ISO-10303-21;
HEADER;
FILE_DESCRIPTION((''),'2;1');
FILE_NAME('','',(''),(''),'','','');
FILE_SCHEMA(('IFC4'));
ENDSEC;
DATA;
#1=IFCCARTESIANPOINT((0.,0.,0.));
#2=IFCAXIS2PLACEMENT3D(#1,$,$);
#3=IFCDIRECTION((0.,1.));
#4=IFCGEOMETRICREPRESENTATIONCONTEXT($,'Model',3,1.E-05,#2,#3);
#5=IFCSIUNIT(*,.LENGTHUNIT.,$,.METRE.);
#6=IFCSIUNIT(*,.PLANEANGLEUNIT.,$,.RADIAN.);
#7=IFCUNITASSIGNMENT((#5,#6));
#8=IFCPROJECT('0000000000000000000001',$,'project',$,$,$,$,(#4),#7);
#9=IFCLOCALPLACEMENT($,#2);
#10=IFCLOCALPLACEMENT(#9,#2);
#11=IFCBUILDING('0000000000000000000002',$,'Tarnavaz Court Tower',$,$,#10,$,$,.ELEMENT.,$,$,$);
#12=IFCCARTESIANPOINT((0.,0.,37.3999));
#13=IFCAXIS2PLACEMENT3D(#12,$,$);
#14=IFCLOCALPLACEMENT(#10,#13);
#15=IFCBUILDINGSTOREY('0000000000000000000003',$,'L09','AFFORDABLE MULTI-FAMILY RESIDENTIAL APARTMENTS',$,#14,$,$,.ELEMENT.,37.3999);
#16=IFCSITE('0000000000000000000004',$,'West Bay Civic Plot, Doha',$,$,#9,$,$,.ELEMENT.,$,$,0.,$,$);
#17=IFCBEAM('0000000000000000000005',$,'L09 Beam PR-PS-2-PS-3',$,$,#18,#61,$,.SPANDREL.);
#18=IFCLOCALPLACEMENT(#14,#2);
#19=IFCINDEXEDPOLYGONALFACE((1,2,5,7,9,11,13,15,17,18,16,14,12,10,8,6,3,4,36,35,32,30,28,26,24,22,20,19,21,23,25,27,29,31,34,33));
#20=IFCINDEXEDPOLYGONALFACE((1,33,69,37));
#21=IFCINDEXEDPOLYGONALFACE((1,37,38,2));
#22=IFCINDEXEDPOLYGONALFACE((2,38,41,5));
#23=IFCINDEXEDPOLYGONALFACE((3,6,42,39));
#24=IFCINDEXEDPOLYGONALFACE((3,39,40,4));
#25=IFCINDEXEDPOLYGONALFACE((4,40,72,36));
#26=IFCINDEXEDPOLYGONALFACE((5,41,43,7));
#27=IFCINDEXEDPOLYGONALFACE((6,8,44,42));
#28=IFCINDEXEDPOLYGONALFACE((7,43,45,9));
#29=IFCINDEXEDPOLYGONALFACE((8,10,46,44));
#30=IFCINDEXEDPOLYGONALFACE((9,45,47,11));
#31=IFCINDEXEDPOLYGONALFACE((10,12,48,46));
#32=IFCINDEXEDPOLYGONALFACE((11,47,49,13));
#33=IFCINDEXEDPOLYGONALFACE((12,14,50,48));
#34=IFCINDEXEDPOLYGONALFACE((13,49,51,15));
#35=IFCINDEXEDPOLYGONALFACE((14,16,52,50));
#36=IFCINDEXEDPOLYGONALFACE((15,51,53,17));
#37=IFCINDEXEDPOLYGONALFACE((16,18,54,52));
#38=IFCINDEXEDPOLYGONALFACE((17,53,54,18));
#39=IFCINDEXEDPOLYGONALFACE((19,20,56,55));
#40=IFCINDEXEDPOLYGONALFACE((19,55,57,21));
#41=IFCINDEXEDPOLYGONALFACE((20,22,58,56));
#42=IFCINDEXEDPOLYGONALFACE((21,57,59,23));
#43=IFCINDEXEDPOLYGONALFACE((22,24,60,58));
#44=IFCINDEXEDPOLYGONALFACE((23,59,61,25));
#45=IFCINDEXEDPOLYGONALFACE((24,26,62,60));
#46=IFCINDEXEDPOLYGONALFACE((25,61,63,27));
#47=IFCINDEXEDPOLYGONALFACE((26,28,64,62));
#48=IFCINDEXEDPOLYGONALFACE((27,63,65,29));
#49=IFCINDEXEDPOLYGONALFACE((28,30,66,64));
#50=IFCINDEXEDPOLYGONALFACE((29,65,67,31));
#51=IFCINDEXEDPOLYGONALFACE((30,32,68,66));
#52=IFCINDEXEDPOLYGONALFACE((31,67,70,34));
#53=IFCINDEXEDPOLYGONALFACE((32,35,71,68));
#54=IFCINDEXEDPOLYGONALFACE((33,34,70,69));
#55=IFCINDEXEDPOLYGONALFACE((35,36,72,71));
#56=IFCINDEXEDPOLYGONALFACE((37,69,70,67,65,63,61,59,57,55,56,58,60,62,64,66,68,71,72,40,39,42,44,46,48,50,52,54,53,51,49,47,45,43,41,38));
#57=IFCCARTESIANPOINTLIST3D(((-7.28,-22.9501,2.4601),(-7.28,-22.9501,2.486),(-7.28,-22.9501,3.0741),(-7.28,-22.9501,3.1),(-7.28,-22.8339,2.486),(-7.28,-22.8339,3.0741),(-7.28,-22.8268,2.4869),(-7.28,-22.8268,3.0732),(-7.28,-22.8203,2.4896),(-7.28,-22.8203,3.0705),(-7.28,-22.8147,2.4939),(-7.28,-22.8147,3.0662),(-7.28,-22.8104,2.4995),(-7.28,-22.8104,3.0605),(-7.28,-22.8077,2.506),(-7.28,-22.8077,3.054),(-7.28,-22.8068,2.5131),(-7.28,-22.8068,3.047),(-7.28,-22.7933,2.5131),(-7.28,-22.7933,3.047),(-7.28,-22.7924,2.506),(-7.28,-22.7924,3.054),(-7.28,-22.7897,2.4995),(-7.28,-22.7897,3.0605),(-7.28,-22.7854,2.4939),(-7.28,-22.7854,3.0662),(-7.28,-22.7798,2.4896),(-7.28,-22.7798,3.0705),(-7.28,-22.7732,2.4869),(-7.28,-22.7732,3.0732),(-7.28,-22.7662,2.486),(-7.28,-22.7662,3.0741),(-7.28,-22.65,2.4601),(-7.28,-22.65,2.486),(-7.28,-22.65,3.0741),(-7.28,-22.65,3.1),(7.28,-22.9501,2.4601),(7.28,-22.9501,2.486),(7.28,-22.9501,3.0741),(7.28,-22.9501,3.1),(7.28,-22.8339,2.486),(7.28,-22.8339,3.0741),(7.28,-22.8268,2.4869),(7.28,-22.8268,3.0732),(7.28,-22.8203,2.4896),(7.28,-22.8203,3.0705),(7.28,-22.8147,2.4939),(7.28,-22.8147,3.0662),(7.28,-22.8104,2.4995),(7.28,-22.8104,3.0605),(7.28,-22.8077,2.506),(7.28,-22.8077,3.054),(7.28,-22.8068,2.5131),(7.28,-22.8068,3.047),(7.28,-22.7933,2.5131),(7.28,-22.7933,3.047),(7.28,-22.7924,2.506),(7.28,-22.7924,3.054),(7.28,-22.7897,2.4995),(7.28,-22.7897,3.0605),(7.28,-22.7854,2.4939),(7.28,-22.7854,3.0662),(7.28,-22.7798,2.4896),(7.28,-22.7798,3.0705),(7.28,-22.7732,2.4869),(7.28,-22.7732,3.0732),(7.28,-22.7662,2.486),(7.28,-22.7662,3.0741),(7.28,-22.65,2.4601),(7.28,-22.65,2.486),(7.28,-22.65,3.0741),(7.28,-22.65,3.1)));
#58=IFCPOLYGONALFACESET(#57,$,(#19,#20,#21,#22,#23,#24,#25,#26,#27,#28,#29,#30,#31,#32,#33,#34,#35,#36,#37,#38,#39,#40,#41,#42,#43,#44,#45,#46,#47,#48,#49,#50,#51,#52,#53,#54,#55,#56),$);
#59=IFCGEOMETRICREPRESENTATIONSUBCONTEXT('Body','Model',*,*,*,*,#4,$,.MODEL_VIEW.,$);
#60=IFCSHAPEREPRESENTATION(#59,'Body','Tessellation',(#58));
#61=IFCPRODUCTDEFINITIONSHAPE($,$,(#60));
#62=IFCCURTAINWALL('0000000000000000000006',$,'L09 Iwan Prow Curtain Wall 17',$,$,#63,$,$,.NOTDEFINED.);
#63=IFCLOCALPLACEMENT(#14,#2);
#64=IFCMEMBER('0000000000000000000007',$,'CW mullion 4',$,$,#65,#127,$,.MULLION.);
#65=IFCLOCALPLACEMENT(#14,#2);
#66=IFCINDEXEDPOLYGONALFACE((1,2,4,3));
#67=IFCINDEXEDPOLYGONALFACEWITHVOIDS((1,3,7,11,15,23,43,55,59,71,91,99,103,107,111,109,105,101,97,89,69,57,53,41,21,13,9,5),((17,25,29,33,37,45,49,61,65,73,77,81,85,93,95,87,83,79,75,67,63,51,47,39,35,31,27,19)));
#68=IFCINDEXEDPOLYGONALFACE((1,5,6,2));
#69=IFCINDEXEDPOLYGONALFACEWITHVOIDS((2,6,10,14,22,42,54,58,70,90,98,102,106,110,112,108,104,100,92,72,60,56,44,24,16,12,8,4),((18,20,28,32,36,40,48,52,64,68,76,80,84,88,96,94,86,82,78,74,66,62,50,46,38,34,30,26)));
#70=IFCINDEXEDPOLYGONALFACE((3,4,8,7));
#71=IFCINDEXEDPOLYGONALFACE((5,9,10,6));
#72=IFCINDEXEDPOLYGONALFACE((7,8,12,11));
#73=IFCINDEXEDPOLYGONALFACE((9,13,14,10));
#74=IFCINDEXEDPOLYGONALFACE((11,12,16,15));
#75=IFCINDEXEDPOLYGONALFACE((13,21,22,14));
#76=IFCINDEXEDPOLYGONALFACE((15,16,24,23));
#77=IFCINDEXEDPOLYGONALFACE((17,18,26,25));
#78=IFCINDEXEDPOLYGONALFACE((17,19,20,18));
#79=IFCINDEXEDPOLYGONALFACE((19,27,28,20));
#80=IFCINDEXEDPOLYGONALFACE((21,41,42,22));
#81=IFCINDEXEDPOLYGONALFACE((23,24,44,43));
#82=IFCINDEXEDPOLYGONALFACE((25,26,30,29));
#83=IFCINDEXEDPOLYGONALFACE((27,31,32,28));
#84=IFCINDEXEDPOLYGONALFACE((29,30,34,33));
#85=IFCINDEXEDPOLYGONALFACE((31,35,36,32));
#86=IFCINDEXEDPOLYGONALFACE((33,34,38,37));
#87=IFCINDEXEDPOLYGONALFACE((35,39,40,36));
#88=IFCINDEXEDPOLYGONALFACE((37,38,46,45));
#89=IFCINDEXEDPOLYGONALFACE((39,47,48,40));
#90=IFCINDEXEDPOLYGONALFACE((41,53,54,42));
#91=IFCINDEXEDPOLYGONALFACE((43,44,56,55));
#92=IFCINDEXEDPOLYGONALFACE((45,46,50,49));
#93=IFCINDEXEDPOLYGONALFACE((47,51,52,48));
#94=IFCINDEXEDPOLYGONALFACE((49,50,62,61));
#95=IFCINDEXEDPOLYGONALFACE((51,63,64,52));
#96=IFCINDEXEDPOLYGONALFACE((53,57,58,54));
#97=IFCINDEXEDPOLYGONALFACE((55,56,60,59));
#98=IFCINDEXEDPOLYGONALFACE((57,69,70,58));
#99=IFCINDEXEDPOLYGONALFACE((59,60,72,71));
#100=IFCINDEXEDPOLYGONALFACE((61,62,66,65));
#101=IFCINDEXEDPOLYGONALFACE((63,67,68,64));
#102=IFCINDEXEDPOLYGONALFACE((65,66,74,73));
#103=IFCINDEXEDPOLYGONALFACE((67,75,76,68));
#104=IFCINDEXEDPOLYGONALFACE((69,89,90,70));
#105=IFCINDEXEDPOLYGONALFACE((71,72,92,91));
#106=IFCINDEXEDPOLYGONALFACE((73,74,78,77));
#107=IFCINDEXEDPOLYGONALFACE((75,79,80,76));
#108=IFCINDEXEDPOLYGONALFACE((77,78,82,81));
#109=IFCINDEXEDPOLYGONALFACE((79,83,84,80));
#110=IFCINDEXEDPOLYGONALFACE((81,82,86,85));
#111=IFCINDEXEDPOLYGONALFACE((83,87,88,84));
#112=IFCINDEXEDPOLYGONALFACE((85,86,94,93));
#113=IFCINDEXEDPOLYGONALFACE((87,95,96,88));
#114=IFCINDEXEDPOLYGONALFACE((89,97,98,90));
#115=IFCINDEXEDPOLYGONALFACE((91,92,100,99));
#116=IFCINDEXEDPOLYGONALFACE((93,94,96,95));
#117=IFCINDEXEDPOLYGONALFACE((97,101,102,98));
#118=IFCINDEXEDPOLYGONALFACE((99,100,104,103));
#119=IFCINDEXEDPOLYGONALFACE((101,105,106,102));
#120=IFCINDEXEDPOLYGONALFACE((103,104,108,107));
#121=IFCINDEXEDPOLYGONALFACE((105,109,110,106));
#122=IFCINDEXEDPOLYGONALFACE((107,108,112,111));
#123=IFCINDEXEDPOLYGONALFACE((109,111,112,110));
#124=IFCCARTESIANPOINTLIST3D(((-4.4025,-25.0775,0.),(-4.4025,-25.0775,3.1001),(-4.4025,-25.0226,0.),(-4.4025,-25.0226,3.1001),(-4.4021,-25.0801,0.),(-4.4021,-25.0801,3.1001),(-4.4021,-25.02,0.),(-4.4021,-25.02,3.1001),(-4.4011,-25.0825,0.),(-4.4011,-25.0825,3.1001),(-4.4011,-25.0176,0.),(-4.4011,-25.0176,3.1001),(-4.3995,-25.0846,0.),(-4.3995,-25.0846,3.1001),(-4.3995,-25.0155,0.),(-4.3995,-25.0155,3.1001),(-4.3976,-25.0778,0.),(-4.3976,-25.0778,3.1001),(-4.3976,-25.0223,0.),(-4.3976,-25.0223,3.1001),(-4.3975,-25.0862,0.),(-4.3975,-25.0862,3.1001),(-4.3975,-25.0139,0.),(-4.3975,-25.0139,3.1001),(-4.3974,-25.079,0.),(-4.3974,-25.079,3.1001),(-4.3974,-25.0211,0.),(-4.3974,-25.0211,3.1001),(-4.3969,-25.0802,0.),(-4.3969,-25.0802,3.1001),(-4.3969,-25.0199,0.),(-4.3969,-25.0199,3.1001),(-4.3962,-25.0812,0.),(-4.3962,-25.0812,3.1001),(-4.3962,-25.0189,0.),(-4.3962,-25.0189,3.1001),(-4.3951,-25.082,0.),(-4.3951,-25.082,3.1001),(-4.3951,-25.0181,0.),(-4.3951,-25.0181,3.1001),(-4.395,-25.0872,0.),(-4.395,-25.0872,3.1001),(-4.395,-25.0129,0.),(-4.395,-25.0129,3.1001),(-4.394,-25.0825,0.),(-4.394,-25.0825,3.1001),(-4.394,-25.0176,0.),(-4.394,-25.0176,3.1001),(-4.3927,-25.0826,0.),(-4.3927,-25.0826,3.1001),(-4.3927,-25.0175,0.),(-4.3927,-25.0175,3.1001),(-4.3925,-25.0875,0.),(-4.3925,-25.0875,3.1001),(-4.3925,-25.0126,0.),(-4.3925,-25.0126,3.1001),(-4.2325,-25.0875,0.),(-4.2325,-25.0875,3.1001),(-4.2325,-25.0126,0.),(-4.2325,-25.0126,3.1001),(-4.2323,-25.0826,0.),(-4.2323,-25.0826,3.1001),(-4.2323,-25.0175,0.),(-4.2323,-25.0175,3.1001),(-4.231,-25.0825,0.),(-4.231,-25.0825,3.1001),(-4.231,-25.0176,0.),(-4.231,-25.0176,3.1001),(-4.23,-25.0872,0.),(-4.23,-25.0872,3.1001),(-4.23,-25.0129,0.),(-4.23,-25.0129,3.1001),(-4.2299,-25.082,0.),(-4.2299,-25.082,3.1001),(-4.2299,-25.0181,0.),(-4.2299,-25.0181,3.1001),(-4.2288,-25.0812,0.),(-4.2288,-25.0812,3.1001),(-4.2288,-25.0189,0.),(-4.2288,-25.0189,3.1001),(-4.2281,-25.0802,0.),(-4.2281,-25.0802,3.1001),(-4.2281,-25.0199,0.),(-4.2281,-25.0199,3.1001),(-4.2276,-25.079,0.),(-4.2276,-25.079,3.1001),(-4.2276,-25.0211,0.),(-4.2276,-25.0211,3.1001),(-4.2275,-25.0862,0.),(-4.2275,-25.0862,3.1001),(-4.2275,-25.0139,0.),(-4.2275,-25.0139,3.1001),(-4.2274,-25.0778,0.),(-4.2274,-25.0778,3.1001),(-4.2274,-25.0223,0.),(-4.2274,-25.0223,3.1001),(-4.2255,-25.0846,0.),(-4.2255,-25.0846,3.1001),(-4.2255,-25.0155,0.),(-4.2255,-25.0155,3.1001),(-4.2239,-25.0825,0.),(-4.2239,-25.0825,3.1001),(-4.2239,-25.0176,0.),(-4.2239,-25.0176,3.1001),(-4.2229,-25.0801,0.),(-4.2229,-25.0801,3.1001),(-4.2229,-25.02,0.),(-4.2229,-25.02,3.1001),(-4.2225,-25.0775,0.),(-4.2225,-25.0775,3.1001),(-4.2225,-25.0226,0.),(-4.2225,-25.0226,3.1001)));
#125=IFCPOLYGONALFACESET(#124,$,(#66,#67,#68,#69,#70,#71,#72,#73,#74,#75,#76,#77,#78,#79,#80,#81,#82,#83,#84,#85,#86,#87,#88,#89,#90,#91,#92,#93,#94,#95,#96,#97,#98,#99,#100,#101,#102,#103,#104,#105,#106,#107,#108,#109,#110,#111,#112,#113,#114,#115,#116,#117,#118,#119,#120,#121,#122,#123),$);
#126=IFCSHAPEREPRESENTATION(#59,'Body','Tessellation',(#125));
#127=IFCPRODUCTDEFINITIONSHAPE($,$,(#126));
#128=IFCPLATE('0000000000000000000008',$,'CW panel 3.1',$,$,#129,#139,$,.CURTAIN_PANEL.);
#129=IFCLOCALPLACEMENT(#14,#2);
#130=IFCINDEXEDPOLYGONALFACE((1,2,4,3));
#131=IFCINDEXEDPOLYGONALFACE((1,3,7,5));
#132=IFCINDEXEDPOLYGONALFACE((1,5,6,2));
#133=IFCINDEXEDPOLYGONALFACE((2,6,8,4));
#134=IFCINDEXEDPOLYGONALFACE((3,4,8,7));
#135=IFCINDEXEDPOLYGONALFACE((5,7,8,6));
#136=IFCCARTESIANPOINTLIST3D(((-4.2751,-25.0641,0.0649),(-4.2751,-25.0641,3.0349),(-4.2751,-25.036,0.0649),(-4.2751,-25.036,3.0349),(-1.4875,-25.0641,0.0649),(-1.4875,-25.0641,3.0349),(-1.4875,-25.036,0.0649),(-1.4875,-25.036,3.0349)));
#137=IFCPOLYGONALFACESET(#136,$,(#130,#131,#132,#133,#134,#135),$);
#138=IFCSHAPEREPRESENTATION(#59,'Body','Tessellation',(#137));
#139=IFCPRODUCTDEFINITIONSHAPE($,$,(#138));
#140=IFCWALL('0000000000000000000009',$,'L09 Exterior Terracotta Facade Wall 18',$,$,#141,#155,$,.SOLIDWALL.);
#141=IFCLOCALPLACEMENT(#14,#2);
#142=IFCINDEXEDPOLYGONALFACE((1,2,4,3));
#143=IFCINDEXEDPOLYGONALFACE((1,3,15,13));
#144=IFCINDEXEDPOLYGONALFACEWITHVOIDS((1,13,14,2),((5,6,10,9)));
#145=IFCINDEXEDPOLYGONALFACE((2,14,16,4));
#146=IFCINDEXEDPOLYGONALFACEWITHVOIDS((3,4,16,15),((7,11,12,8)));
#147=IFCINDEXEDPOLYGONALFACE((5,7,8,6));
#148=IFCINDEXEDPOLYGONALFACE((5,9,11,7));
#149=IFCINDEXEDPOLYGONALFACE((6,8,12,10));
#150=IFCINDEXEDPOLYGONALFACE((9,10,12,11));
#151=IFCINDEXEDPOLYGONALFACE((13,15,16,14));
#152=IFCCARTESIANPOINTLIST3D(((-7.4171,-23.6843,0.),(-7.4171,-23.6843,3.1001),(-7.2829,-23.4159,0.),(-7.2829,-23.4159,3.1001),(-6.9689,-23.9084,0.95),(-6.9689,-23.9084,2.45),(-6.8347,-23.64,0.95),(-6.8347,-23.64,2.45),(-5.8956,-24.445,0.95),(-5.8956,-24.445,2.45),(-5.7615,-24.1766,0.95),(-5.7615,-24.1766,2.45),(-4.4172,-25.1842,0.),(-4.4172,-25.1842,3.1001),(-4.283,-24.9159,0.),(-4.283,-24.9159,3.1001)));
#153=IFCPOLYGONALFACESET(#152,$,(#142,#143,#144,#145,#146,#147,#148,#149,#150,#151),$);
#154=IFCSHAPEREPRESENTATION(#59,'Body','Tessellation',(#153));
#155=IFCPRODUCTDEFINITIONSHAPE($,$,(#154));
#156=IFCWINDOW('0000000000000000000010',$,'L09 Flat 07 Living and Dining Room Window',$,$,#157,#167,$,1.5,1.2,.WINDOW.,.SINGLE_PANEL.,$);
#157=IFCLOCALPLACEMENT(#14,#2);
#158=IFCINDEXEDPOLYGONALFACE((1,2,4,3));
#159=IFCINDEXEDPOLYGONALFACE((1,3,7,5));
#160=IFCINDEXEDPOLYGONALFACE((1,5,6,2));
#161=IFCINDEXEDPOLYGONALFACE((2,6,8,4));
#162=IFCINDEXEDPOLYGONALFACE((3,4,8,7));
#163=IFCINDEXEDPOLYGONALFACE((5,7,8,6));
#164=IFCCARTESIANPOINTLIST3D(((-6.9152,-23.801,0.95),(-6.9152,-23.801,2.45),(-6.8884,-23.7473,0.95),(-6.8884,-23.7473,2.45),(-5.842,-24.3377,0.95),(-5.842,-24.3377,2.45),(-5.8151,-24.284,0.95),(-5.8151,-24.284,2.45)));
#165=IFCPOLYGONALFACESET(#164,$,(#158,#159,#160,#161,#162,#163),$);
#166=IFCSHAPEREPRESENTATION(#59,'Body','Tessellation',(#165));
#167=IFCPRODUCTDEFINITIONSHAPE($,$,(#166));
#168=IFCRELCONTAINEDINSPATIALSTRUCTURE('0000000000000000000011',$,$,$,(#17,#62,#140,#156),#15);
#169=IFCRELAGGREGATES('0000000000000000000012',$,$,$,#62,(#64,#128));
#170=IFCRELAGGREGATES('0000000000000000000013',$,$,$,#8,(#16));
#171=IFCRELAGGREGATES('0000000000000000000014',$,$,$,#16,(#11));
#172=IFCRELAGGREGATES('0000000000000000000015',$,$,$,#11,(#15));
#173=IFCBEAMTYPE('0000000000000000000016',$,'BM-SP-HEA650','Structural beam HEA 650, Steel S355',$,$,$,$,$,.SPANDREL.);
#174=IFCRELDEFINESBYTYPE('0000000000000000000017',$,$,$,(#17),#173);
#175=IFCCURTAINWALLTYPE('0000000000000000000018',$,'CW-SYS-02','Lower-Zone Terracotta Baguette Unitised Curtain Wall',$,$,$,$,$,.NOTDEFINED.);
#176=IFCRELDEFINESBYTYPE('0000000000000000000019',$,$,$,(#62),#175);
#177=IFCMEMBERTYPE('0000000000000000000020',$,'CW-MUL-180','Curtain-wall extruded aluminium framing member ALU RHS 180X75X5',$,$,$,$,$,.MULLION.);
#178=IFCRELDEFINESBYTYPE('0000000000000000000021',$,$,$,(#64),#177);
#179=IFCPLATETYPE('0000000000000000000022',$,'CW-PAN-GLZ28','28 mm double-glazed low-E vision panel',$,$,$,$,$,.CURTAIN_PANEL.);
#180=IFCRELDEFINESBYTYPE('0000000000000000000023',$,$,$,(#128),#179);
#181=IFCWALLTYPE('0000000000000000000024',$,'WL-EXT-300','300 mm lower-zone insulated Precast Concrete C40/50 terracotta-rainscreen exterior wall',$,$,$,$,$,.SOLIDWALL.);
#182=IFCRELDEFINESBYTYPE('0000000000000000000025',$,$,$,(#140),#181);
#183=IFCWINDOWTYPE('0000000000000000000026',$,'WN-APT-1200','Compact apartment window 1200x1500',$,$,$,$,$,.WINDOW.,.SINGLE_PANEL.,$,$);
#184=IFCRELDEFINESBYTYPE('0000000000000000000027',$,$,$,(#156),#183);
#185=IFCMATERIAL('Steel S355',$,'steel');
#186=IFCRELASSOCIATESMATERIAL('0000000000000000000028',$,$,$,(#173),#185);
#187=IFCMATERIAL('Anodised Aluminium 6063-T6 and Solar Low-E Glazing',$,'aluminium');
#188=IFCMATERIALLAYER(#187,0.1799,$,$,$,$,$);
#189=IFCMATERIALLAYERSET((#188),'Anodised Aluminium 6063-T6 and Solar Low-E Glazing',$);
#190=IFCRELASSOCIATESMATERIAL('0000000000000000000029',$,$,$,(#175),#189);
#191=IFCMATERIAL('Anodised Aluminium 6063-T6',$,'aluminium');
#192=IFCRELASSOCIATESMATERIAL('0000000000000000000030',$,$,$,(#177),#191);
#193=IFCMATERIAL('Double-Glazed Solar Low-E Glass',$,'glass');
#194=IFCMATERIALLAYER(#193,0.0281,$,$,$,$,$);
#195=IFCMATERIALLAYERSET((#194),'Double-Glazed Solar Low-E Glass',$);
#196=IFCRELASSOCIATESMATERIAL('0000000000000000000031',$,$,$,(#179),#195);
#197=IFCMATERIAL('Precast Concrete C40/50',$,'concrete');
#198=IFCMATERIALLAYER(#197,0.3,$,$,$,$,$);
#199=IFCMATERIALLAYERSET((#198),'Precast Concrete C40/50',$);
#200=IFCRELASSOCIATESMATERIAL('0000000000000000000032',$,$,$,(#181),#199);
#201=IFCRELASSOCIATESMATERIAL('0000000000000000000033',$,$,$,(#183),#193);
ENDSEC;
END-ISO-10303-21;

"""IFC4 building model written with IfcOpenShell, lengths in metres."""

from ifc_helpers import new_model, si_unit, direction, frame, frame_2d, origin, origin_2d, place, context, subcontext, project, spatial, rectangle, hollow_rectangle, i_section, extrude, material, layer, layer_set, material_profile, profile_set, type_object, element, fill, aggregate, save


model = new_model("IFC4")

# Units and contexts
model_context = context("Model", 3, precision=1e-05, world=origin(), true_north=direction((0.0, 1.0)))
body_context = subcontext(model_context, "Body", "Model", "MODEL_VIEW")
ifc_project = project(units=[si_unit("LENGTHUNIT", "METRE"), si_unit("PLANEANGLEUNIT", "RADIAN")], contexts=[model_context])

# Site, building, storey
site_placement = place(None, origin())
site = spatial("IfcSite", under=ifc_project, at=site_placement, Name="West Bay Civic Plot, Doha", CompositionType="ELEMENT", RefElevation=0.0)
building_placement = place(site_placement, origin())
building = spatial("IfcBuilding", under=site, at=building_placement, Name="Tarnavaz Court Tower", CompositionType="ELEMENT")
storey_placement = place(building_placement, frame((0.0, 0.0, 37.3999)))
storey = spatial("IfcBuildingStorey", under=building, at=storey_placement, Name="L09", Description="AFFORDABLE MULTI-FAMILY RESIDENTIAL APARTMENTS", CompositionType="ELEMENT", Elevation=37.3999)

# Beam
ifc_material_1 = material(Name="Steel S355", Category="steel")
ifc_material_profile_1 = material_profile(ifc_material_1, i_section(OverallWidth=0.3, OverallDepth=0.6399, WebThickness=0.0134, FlangeThickness=0.0259, FilletRadius=0.0271, at=origin_2d()), Name="HEA 650")
ifc_profile_set_1 = profile_set([ifc_material_profile_1], Name="Steel S355")
beam_type_1 = type_object("IfcBeamType", Name="BM-SP-HEA650", Description="Structural beam HEA 650, Steel S355", PredefinedType="SPANDREL", material=ifc_profile_set_1)
beam_placement = place(storey_placement, frame((-7.28, -22.8, 2.78), z_axis=(1.0, 0.0, 0.0), x_axis=(0.0, 1.0, 0.0)))
element("IfcBeam", 1, at=beam_placement, inside=storey, type_object=beam_type_1, Name="L09 Beam PR-PS-2-PS-3", PredefinedType="SPANDREL", context=body_context, shape_type="SweptSolid", body=[
    extrude(i_section(OverallWidth=0.3, OverallDepth=0.6399, WebThickness=0.0134, FlangeThickness=0.0259, FilletRadius=0.0271, at=origin_2d()), origin(), (0.0, 0.0, 1.0), 14.5601),
])

# Curtain wall, member, plate
ifc_material_2 = material(Name="Anodised Aluminium 6063-T6 and Solar Low-E Glazing", Category="aluminium")
ifc_layer_1 = layer(ifc_material_2, 0.1799)
ifc_layer_set_1 = layer_set([ifc_layer_1], Name="Anodised Aluminium 6063-T6 and Solar Low-E Glazing")
curtain_wall_type = type_object("IfcCurtainWallType", Name="CW-SYS-02", Description="Lower-Zone Terracotta Baguette Unitised Curtain Wall", PredefinedType="NOTDEFINED", material=ifc_layer_set_1)
curtain_wall_placement = place(storey_placement, origin())
curtain_wall = element("IfcCurtainWall", 2, at=curtain_wall_placement, inside=storey, type_object=curtain_wall_type, Name="L09 Iwan Prow Curtain Wall 17", PredefinedType="NOTDEFINED")
ifc_material_3 = material(Name="Anodised Aluminium 6063-T6", Category="aluminium")
ifc_material_profile_2 = material_profile(ifc_material_3, hollow_rectangle(XDim=0.075, YDim=0.1799, WallThickness=0.0049, InnerFilletRadius=0.0049, OuterFilletRadius=0.01, at=origin_2d()), Name="ALU RHS 180X75X5")
ifc_profile_set_2 = profile_set([ifc_material_profile_2], Name="Anodised Aluminium 6063-T6")
member_type = type_object("IfcMemberType", Name="CW-MUL-180", Description="Curtain-wall extruded aluminium framing member ALU RHS 180X75X5", PredefinedType="MULLION", material=ifc_profile_set_2)
member_placement = place(storey_placement, frame((-4.3125, -25.05, 0.0), z_axis=(0.0, 0.0, 1.0), x_axis=(0.0, -1.0, 0.0)))
member = element("IfcMember", 3, at=member_placement, type_object=member_type, Name="CW mullion 4", PredefinedType="MULLION", context=body_context, shape_type="SweptSolid", body=[
    extrude(hollow_rectangle(XDim=0.075, YDim=0.1799, WallThickness=0.0049, InnerFilletRadius=0.0049, OuterFilletRadius=0.01, at=origin_2d()), origin(), (0.0, 0.0, 1.0), 3.1001),
])
ifc_material_4 = material(Name="Double-Glazed Solar Low-E Glass", Category="glass")
ifc_layer_2 = layer(ifc_material_4, 0.0281)
ifc_layer_set_2 = layer_set([ifc_layer_2], Name="Double-Glazed Solar Low-E Glass")
plate_type = type_object("IfcPlateType", Name="CW-PAN-GLZ28", Description="28 mm double-glazed low-E vision panel", PredefinedType="CURTAIN_PANEL", material=ifc_layer_set_2)
plate_placement = place(storey_placement, frame((-2.8813, -25.05, 0.0649), z_axis=(0.0, 0.0, 1.0), x_axis=(-1.0, 0.0, 0.0)))
plate = element("IfcPlate", 4, at=plate_placement, type_object=plate_type, Name="CW panel 3.1", PredefinedType="CURTAIN_PANEL", context=body_context, shape_type="SweptSolid", body=[
    extrude(rectangle(XDim=2.7876, YDim=0.0281, at=origin_2d()), origin(), (0.0, 0.0, 1.0), 2.97),
])
aggregate(curtain_wall, [member, plate])

# Wall, opening, window
ifc_material_5 = material(Name="Precast Concrete C40/50", Category="concrete")
ifc_layer_3 = layer(ifc_material_5, 0.3)
ifc_layer_set_3 = layer_set([ifc_layer_3], Name="Precast Concrete C40/50")
wall_type_1 = type_object("IfcWallType", Name="WL-EXT-300", Description="300 mm lower-zone insulated Precast Concrete C40/50 terracotta-rainscreen exterior wall", PredefinedType="SOLIDWALL", material=ifc_layer_set_3)
wall_1_placement = place(storey_placement, frame((-4.3501, -25.05, 0.0), z_axis=(0.0, 0.0, 1.0), x_axis=(-0.894427, 0.447214, 0.0)))
wall_1 = element("IfcWall", 5, at=wall_1_placement, inside=storey, type_object=wall_type_1, Name="L09 Exterior Terracotta Facade Wall 18", PredefinedType="SOLIDWALL", context=body_context, shape_type="SweptSolid", body=[
    extrude(rectangle(XDim=3.354, YDim=0.3, at=frame_2d((1.677, 0.0))), origin(), (0.0, 0.0, 1.0), 3.1001),
])
opening_1_placement = place(wall_1_placement, frame((1.6528, 0.0, 0.95)))
opening_1 = element("IfcOpeningElement", 6, at=opening_1_placement, cuts=wall_1, PredefinedType="OPENING", context=body_context, shape_type="SweptSolid", body=[
    extrude(rectangle(XDim=1.2, YDim=1.5, at=frame_2d((0.6001, 0.75))), frame((0.0, 0.1599, 0.0), z_axis=(0.0, -1.0, 0.0), x_axis=(1.0, 0.0, 0.0)), (0.0, 0.0, 1.0), 0.3201),
])
window_type = type_object("IfcWindowType", Name="WN-APT-1200", Description="Compact apartment window 1200x1500", PartitioningType="SINGLE_PANEL", PredefinedType="WINDOW", material=ifc_material_4)
window_placement = place(opening_1_placement, origin())
window = element("IfcWindow", 7, at=window_placement, inside=storey, type_object=window_type, Name="L09 Flat 07 Living and Dining Room Window", OverallHeight=1.5, OverallWidth=1.2, PartitioningType="SINGLE_PANEL", PredefinedType="WINDOW", context=body_context, shape_type="SweptSolid", body=[
    extrude(rectangle(XDim=1.2, YDim=1.5, at=frame_2d((0.6001, 0.75))), frame((0.0, 0.03, 0.0), z_axis=(0.0, -1.0, 0.0), x_axis=(1.0, 0.0, 0.0)), (0.0, 0.0, 1.0), 0.0601),
])
fill(opening_1, window)

save(model, "model.ifc")
